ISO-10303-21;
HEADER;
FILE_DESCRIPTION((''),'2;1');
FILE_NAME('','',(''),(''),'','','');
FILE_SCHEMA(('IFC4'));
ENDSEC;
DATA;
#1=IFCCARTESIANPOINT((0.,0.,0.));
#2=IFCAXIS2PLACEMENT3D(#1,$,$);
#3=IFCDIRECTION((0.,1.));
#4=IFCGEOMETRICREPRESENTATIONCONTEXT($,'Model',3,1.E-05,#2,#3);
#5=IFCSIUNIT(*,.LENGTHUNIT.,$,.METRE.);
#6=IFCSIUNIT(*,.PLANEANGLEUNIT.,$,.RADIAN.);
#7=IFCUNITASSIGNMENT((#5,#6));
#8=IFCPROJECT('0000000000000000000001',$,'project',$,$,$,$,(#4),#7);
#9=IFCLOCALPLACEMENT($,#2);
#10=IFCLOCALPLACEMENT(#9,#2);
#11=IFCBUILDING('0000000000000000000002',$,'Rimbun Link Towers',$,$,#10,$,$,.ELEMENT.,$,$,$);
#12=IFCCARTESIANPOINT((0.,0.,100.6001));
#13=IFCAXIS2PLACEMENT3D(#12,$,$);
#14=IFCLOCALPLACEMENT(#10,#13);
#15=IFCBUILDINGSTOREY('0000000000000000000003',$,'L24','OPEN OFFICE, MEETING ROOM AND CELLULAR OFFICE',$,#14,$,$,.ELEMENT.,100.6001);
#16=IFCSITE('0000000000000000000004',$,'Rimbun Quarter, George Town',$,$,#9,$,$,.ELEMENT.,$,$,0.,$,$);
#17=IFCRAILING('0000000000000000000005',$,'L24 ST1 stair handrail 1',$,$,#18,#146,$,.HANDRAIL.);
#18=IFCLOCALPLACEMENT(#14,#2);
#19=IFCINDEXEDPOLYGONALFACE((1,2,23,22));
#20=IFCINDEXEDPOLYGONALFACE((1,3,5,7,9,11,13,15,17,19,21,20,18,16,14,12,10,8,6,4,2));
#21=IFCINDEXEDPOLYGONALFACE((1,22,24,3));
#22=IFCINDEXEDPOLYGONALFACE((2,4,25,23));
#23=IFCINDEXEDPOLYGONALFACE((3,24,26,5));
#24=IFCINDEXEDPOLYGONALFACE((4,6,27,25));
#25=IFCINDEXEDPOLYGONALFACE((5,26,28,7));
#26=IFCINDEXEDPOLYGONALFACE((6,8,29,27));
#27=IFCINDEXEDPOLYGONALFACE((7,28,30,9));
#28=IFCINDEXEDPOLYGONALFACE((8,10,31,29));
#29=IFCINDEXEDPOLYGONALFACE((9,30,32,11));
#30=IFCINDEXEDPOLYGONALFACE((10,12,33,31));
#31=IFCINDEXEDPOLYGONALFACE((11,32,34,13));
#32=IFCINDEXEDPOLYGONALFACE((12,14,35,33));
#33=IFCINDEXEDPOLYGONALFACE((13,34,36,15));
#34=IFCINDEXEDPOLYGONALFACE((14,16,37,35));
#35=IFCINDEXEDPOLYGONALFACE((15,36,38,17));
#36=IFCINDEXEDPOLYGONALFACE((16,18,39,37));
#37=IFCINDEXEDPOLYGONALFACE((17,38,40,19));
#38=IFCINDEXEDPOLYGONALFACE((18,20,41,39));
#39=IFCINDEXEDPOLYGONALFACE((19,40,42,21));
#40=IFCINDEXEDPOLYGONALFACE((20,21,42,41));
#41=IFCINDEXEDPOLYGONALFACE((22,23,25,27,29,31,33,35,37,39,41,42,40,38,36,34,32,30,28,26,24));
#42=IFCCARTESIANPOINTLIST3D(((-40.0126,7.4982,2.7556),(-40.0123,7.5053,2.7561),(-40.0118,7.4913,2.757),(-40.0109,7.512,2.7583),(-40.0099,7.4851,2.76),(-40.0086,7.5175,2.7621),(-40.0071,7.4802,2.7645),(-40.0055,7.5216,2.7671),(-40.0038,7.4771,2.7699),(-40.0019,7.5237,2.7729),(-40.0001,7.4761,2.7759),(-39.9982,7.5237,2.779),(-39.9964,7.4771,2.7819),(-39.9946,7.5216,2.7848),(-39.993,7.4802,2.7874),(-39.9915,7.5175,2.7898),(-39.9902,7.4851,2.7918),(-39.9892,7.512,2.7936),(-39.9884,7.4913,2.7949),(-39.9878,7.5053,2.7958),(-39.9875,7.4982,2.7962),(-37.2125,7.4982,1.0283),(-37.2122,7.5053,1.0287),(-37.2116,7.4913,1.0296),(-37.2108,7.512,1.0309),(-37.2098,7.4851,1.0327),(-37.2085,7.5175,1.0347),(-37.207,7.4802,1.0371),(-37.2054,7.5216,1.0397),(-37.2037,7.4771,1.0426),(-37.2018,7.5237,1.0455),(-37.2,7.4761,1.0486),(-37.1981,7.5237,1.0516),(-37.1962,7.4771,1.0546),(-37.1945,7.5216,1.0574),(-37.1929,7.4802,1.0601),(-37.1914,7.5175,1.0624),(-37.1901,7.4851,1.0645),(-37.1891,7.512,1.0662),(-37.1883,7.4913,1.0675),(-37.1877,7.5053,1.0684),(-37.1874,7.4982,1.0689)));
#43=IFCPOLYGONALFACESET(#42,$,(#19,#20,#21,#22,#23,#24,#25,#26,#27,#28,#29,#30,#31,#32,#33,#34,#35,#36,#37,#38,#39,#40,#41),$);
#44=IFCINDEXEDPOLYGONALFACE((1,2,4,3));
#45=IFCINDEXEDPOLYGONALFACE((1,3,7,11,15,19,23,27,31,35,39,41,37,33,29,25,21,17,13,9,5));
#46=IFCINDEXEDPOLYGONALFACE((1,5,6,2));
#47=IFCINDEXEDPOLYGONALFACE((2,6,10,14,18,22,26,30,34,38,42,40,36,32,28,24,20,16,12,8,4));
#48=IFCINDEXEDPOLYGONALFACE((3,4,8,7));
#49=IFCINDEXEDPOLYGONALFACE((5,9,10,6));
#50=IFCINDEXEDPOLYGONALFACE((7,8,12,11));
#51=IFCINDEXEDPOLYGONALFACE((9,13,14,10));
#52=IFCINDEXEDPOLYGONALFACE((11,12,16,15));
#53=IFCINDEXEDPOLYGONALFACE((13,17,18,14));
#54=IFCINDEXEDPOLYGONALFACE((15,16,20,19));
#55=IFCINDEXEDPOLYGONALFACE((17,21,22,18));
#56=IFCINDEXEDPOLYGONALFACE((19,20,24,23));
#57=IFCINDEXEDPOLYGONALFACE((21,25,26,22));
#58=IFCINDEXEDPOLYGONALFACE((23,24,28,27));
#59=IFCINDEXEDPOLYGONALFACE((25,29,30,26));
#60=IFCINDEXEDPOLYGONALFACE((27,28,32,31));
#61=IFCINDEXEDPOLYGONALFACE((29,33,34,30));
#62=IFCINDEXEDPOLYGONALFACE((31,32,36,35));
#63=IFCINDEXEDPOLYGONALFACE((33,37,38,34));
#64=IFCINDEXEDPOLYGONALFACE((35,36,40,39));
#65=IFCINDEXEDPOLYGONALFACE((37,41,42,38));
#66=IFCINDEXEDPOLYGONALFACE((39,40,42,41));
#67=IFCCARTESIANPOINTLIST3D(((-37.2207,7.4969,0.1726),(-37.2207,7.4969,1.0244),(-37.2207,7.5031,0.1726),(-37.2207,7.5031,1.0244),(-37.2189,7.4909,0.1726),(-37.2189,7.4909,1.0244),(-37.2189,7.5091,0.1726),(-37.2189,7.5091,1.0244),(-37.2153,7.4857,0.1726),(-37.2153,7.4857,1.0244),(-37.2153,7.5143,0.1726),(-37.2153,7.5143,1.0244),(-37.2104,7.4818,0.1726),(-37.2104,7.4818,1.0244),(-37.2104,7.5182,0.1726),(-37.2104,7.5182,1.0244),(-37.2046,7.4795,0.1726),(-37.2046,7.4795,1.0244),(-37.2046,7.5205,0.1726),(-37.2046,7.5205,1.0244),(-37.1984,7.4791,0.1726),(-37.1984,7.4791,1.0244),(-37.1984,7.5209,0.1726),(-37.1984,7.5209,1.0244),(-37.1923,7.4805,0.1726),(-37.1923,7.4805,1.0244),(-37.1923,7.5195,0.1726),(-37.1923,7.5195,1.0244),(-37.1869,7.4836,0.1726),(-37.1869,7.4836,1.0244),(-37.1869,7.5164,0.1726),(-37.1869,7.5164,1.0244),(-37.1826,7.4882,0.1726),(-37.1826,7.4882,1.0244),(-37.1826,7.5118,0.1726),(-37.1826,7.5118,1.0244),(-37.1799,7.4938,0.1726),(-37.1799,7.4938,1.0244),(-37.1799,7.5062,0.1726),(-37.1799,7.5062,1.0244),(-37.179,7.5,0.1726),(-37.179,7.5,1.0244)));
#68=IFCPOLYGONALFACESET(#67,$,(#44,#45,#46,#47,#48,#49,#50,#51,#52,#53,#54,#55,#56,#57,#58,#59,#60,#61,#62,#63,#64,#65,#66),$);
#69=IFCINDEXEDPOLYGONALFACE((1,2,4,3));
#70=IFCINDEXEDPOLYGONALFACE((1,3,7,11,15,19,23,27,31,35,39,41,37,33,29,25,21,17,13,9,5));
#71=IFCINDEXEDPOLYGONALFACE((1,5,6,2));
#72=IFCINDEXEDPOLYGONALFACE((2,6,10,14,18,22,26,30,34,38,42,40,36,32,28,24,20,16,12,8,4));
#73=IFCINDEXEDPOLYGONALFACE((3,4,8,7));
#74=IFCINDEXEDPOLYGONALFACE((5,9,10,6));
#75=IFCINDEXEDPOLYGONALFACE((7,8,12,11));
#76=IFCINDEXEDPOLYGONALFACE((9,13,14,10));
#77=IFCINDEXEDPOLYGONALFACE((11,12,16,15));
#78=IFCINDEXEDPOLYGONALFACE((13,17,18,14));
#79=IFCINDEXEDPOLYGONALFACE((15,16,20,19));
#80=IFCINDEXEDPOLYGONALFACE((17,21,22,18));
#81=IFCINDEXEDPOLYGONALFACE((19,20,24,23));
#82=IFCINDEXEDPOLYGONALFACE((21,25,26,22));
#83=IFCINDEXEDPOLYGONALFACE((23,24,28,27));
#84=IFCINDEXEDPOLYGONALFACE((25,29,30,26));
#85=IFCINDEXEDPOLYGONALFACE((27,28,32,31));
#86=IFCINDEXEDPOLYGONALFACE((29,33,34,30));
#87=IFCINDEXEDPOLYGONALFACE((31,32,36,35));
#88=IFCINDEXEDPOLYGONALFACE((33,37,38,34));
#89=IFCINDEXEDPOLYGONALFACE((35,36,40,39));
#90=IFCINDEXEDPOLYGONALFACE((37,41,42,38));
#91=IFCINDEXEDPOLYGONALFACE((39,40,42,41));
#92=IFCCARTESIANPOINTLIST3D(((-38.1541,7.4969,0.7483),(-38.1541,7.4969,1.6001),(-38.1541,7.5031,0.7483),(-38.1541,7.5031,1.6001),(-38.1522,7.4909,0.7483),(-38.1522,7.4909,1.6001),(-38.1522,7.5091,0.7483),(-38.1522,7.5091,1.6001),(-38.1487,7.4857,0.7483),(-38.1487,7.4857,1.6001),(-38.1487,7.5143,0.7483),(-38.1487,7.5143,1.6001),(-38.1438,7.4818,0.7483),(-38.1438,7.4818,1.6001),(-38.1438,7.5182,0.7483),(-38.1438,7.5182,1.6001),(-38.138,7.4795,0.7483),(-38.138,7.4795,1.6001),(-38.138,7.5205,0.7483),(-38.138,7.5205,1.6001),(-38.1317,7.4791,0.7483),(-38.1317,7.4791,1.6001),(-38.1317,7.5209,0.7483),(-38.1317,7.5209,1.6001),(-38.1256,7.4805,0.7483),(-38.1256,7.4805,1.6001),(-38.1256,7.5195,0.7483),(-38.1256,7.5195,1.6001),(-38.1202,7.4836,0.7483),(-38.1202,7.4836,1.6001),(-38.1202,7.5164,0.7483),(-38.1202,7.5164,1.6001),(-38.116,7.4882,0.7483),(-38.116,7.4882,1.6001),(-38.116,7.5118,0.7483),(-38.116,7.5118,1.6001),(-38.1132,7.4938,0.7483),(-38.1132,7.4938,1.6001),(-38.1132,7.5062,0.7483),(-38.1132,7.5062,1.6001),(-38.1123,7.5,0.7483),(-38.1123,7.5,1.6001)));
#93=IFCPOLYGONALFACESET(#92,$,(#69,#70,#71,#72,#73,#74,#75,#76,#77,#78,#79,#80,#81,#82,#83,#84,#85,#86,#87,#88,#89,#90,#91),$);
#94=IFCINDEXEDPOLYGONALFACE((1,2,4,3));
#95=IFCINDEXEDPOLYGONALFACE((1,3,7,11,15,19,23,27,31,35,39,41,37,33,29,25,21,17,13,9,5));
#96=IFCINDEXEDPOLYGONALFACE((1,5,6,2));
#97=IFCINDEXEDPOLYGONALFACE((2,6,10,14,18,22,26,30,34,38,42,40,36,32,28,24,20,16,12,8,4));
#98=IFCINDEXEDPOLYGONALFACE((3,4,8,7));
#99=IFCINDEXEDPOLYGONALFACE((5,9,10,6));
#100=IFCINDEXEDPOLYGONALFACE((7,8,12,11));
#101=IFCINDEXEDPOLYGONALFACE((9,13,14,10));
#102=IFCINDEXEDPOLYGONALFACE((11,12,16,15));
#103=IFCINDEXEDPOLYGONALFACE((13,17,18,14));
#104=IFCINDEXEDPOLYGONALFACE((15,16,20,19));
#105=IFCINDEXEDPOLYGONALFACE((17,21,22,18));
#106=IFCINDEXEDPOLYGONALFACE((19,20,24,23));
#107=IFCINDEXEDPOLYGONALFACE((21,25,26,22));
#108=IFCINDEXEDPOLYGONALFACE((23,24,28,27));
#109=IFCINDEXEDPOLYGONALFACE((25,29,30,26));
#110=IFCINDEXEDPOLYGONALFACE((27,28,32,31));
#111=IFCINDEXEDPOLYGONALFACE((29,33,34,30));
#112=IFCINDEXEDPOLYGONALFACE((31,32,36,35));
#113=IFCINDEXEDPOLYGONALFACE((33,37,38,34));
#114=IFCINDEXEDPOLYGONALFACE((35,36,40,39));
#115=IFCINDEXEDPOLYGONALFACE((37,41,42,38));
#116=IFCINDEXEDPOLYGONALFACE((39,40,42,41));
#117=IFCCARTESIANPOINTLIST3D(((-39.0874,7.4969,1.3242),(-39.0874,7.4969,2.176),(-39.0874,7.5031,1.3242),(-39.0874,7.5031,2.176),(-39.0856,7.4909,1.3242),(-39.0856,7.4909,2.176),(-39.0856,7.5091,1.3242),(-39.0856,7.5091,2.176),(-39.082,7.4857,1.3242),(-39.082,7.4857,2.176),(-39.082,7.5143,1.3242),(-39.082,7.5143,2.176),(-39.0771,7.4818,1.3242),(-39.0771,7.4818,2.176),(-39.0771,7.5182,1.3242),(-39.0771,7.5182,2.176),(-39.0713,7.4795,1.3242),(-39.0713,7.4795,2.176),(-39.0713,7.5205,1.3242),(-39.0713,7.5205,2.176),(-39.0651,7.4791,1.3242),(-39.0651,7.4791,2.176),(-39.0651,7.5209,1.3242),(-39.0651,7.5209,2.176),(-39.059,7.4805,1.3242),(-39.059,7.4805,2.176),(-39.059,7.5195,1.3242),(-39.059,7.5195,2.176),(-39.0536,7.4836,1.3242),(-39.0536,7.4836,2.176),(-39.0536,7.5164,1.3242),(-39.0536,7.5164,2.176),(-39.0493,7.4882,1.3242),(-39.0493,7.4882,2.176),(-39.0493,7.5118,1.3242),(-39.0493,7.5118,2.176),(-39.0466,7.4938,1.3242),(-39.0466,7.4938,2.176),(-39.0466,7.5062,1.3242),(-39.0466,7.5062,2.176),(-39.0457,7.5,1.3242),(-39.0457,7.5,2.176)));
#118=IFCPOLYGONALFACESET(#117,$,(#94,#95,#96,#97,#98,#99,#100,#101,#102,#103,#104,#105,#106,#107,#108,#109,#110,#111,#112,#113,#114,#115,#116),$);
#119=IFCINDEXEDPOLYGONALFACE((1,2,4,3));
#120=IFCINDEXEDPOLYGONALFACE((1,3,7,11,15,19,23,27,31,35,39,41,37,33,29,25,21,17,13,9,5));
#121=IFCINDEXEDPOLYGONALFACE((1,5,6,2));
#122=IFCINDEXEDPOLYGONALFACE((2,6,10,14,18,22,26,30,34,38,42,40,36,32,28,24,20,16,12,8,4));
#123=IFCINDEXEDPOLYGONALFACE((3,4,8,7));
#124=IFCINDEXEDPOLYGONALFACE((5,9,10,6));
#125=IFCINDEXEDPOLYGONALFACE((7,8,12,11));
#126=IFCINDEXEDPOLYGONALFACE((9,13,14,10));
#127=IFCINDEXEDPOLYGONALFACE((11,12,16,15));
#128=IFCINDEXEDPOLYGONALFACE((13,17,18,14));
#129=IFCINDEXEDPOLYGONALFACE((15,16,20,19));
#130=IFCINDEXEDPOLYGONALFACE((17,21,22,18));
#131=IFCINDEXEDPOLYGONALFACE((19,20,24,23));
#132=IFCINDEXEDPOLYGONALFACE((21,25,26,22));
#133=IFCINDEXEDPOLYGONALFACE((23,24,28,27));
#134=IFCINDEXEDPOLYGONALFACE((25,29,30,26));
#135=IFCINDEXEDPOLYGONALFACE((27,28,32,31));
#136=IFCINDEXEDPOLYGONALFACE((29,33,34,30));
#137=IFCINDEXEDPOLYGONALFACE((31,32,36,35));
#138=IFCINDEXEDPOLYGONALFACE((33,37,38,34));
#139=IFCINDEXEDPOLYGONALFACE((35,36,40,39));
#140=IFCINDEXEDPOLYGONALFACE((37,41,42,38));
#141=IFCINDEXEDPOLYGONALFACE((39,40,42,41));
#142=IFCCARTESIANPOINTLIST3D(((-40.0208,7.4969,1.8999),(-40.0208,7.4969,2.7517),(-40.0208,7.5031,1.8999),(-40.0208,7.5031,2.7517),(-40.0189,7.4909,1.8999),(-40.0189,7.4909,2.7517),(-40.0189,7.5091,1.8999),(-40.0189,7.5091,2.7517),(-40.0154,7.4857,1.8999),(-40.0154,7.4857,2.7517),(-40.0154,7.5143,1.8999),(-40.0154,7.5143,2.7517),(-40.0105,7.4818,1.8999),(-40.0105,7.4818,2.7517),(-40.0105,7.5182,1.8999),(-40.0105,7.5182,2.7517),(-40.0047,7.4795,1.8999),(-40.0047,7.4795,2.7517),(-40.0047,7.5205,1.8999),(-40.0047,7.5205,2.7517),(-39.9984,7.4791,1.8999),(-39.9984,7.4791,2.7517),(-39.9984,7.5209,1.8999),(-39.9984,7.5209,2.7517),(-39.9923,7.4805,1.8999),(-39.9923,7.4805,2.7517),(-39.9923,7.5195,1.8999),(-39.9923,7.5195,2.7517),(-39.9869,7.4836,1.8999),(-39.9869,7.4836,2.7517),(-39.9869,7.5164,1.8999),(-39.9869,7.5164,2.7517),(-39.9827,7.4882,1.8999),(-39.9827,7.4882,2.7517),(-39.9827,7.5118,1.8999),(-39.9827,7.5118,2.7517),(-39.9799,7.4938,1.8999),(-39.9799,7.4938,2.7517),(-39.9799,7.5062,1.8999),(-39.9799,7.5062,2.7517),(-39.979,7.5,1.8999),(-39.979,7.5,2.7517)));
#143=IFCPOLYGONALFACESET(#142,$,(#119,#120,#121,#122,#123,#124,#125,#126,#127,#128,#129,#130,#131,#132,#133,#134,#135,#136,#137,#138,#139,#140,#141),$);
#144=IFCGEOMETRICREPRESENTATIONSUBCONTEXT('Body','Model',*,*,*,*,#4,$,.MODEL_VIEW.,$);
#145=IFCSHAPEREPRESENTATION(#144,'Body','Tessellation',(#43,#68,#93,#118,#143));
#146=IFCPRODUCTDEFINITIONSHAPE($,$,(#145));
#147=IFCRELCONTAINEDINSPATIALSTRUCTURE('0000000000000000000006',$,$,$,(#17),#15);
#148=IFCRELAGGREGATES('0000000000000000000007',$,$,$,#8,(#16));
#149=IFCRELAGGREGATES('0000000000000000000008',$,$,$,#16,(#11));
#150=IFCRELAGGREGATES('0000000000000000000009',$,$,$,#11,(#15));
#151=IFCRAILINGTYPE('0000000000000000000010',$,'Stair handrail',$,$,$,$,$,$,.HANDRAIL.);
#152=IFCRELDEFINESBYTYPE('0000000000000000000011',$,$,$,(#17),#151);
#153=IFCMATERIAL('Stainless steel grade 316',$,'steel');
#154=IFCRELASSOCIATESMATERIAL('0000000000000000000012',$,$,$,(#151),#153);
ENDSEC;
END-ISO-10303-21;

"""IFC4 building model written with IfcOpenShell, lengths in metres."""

from ifc_helpers import new_model, si_unit, direction, frame, origin, origin_2d, place, context, subcontext, project, spatial, circle, extrude, material, type_object, element, save


model = new_model("IFC4")

# Units and contexts
model_context = context("Model", 3, precision=1e-05, world=origin(), true_north=direction((0.0, 1.0)))
body_context = subcontext(model_context, "Body", "Model", "MODEL_VIEW")
ifc_project = project(units=[si_unit("LENGTHUNIT", "METRE"), si_unit("PLANEANGLEUNIT", "RADIAN")], contexts=[model_context])

# Site, building, storey
site_placement = place(None, origin())
site = spatial("IfcSite", under=ifc_project, at=site_placement, Name="Rimbun Quarter, George Town", CompositionType="ELEMENT", RefElevation=0.0)
building_placement = place(site_placement, origin())
building = spatial("IfcBuilding", under=site, at=building_placement, Name="Rimbun Link Towers", CompositionType="ELEMENT")
storey_placement = place(building_placement, frame((0.0, 0.0, 100.6001)))
storey = spatial("IfcBuildingStorey", under=building, at=storey_placement, Name="L24", Description="OPEN OFFICE, MEETING ROOM AND CELLULAR OFFICE", CompositionType="ELEMENT", Elevation=100.6001)

# Railing
ifc_material_1 = material(Name="Stainless steel grade 316", Category="steel")
railing_type_1 = type_object("IfcRailingType", Name="Stair handrail", PredefinedType="HANDRAIL", material=ifc_material_1)
railing_1_placement = place(storey_placement, frame((-37.2, 7.5, 0.1726)))
element("IfcRailing", 1, at=railing_1_placement, inside=storey, type_object=railing_type_1, Name="L24 ST1 stair handrail 1", PredefinedType="HANDRAIL", context=body_context, shape_type="SweptSolid", body=[
    extrude(circle(Radius=0.0239, at=origin_2d()), frame((0.0, 0.0, 0.876), z_axis=(-0.85109, 0.0, 0.52502), x_axis=(0.0, -1.0, 0.0)), (0.0, 0.0, 1.0), 3.29),
    extrude(circle(Radius=0.021, at=origin_2d()), origin(), (0.0, 0.0, 1.0), 0.8518),
    extrude(circle(Radius=0.021, at=origin_2d()), frame((-0.9333, 0.0, 0.5757)), (0.0, 0.0, 1.0), 0.8518),
    extrude(circle(Radius=0.021, at=origin_2d()), frame((-1.8667, 0.0, 1.1516)), (0.0, 0.0, 1.0), 0.8518),
    extrude(circle(Radius=0.021, at=origin_2d()), frame((-2.8, 0.0, 1.7273)), (0.0, 0.0, 1.0), 0.8518),
])

save(model, "model.ifc")
